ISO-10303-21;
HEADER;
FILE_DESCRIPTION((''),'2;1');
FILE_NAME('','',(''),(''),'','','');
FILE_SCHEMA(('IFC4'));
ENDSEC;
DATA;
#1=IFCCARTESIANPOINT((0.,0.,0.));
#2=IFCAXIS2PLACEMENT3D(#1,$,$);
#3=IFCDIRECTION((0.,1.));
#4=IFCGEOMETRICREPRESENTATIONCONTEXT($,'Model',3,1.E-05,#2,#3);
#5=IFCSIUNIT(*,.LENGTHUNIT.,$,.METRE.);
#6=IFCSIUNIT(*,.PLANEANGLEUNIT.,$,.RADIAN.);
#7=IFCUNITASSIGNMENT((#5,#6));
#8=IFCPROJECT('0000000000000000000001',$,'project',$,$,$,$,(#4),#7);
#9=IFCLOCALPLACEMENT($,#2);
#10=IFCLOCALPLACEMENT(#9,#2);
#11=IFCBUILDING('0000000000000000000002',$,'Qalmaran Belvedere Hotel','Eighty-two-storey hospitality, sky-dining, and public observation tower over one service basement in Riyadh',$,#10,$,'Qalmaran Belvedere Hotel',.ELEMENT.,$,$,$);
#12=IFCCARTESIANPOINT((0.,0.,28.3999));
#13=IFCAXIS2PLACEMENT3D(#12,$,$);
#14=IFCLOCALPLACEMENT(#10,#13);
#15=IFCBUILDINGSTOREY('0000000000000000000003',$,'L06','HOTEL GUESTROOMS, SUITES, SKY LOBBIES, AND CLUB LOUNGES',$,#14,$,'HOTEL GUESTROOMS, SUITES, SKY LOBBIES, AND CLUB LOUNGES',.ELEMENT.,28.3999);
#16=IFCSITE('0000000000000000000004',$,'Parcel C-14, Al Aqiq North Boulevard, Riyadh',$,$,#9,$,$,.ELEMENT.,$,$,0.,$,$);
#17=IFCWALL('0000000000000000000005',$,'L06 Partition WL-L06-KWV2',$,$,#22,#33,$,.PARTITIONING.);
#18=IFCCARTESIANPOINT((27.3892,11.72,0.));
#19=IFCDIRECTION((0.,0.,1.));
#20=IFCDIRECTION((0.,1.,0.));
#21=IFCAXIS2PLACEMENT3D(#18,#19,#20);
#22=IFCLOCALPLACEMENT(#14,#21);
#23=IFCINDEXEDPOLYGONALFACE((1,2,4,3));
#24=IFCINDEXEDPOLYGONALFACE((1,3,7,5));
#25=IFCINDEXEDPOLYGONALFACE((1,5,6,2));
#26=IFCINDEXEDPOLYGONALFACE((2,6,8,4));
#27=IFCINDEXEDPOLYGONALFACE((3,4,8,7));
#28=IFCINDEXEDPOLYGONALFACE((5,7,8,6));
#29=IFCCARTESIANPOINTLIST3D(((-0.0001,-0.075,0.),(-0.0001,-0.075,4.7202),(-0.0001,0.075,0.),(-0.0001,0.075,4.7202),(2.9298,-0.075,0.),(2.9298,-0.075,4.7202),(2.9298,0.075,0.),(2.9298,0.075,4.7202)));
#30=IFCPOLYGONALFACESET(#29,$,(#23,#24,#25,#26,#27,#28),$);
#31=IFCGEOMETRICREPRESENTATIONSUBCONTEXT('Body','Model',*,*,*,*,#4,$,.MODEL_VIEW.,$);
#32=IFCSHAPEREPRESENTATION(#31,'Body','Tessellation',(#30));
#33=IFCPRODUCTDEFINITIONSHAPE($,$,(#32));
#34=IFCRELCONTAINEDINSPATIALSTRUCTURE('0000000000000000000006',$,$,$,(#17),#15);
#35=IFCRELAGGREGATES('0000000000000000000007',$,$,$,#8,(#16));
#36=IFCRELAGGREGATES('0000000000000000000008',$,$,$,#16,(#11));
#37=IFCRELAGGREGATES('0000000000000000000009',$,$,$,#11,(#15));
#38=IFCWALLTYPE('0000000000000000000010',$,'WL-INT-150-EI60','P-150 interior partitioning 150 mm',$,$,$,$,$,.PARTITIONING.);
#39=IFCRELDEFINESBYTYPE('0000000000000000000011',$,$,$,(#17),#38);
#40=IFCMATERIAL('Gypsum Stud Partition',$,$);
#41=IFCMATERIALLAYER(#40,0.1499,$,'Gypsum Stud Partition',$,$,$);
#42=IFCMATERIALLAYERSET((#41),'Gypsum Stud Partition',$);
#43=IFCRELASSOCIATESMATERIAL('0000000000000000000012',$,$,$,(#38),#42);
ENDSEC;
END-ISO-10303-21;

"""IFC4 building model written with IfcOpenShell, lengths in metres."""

from ifc_helpers import new_model, si_unit, direction, frame, frame_2d, origin, place, context, subcontext, project, spatial, rectangle, extrude, material, layer, layer_set, type_object, element, save


model = new_model("IFC4")

# Units and contexts
model_context = context("Model", 3, precision=1e-05, world=origin(), true_north=direction((0.0, 1.0)))
body_context = subcontext(model_context, "Body", "Model", "MODEL_VIEW")
ifc_project = project(units=[si_unit("LENGTHUNIT", "METRE"), si_unit("PLANEANGLEUNIT", "RADIAN")], contexts=[model_context])

# Site, building, storey
site_placement = place(None, origin())
site = spatial("IfcSite", under=ifc_project, at=site_placement, Name="Parcel C-14, Al Aqiq North Boulevard, Riyadh", CompositionType="ELEMENT", RefElevation=0.0)
building_placement = place(site_placement, origin())
building = spatial("IfcBuilding", under=site, at=building_placement, Name="Qalmaran Belvedere Hotel", Description="Eighty-two-storey hospitality, sky-dining, and public observation tower over one service basement in Riyadh", LongName="Qalmaran Belvedere Hotel", CompositionType="ELEMENT")
storey_placement = place(building_placement, frame((0.0, 0.0, 28.3999)))
storey = spatial("IfcBuildingStorey", under=building, at=storey_placement, Name="L06", Description="HOTEL GUESTROOMS, SUITES, SKY LOBBIES, AND CLUB LOUNGES", LongName="HOTEL GUESTROOMS, SUITES, SKY LOBBIES, AND CLUB LOUNGES", CompositionType="ELEMENT", Elevation=28.3999)

# Wall
ifc_material_1 = material(Name="Gypsum Stud Partition")
ifc_layer_1 = layer(ifc_material_1, 0.1499, Name="Gypsum Stud Partition")
ifc_layer_set_1 = layer_set([ifc_layer_1], Name="Gypsum Stud Partition")
wall_type_1 = type_object("IfcWallType", Name="WL-INT-150-EI60", Description="P-150 interior partitioning 150 mm", PredefinedType="PARTITIONING", material=ifc_layer_set_1)
wall_1_placement = place(storey_placement, frame((27.3892, 11.72, 0.0), z_axis=(0.0, 0.0, 1.0), x_axis=(0.0, 1.0, 0.0)))
element("IfcWall", 1, at=wall_1_placement, inside=storey, type_object=wall_type_1, Name="L06 Partition WL-L06-KWV2", PredefinedType="PARTITIONING", context=body_context, shape_type="SweptSolid", body=[
    extrude(rectangle(XDim=2.9299, YDim=0.1499, at=frame_2d((1.4648, 0.0))), origin(), (0.0, 0.0, 1.0), 4.7202),
])

save(model, "model.ifc")
